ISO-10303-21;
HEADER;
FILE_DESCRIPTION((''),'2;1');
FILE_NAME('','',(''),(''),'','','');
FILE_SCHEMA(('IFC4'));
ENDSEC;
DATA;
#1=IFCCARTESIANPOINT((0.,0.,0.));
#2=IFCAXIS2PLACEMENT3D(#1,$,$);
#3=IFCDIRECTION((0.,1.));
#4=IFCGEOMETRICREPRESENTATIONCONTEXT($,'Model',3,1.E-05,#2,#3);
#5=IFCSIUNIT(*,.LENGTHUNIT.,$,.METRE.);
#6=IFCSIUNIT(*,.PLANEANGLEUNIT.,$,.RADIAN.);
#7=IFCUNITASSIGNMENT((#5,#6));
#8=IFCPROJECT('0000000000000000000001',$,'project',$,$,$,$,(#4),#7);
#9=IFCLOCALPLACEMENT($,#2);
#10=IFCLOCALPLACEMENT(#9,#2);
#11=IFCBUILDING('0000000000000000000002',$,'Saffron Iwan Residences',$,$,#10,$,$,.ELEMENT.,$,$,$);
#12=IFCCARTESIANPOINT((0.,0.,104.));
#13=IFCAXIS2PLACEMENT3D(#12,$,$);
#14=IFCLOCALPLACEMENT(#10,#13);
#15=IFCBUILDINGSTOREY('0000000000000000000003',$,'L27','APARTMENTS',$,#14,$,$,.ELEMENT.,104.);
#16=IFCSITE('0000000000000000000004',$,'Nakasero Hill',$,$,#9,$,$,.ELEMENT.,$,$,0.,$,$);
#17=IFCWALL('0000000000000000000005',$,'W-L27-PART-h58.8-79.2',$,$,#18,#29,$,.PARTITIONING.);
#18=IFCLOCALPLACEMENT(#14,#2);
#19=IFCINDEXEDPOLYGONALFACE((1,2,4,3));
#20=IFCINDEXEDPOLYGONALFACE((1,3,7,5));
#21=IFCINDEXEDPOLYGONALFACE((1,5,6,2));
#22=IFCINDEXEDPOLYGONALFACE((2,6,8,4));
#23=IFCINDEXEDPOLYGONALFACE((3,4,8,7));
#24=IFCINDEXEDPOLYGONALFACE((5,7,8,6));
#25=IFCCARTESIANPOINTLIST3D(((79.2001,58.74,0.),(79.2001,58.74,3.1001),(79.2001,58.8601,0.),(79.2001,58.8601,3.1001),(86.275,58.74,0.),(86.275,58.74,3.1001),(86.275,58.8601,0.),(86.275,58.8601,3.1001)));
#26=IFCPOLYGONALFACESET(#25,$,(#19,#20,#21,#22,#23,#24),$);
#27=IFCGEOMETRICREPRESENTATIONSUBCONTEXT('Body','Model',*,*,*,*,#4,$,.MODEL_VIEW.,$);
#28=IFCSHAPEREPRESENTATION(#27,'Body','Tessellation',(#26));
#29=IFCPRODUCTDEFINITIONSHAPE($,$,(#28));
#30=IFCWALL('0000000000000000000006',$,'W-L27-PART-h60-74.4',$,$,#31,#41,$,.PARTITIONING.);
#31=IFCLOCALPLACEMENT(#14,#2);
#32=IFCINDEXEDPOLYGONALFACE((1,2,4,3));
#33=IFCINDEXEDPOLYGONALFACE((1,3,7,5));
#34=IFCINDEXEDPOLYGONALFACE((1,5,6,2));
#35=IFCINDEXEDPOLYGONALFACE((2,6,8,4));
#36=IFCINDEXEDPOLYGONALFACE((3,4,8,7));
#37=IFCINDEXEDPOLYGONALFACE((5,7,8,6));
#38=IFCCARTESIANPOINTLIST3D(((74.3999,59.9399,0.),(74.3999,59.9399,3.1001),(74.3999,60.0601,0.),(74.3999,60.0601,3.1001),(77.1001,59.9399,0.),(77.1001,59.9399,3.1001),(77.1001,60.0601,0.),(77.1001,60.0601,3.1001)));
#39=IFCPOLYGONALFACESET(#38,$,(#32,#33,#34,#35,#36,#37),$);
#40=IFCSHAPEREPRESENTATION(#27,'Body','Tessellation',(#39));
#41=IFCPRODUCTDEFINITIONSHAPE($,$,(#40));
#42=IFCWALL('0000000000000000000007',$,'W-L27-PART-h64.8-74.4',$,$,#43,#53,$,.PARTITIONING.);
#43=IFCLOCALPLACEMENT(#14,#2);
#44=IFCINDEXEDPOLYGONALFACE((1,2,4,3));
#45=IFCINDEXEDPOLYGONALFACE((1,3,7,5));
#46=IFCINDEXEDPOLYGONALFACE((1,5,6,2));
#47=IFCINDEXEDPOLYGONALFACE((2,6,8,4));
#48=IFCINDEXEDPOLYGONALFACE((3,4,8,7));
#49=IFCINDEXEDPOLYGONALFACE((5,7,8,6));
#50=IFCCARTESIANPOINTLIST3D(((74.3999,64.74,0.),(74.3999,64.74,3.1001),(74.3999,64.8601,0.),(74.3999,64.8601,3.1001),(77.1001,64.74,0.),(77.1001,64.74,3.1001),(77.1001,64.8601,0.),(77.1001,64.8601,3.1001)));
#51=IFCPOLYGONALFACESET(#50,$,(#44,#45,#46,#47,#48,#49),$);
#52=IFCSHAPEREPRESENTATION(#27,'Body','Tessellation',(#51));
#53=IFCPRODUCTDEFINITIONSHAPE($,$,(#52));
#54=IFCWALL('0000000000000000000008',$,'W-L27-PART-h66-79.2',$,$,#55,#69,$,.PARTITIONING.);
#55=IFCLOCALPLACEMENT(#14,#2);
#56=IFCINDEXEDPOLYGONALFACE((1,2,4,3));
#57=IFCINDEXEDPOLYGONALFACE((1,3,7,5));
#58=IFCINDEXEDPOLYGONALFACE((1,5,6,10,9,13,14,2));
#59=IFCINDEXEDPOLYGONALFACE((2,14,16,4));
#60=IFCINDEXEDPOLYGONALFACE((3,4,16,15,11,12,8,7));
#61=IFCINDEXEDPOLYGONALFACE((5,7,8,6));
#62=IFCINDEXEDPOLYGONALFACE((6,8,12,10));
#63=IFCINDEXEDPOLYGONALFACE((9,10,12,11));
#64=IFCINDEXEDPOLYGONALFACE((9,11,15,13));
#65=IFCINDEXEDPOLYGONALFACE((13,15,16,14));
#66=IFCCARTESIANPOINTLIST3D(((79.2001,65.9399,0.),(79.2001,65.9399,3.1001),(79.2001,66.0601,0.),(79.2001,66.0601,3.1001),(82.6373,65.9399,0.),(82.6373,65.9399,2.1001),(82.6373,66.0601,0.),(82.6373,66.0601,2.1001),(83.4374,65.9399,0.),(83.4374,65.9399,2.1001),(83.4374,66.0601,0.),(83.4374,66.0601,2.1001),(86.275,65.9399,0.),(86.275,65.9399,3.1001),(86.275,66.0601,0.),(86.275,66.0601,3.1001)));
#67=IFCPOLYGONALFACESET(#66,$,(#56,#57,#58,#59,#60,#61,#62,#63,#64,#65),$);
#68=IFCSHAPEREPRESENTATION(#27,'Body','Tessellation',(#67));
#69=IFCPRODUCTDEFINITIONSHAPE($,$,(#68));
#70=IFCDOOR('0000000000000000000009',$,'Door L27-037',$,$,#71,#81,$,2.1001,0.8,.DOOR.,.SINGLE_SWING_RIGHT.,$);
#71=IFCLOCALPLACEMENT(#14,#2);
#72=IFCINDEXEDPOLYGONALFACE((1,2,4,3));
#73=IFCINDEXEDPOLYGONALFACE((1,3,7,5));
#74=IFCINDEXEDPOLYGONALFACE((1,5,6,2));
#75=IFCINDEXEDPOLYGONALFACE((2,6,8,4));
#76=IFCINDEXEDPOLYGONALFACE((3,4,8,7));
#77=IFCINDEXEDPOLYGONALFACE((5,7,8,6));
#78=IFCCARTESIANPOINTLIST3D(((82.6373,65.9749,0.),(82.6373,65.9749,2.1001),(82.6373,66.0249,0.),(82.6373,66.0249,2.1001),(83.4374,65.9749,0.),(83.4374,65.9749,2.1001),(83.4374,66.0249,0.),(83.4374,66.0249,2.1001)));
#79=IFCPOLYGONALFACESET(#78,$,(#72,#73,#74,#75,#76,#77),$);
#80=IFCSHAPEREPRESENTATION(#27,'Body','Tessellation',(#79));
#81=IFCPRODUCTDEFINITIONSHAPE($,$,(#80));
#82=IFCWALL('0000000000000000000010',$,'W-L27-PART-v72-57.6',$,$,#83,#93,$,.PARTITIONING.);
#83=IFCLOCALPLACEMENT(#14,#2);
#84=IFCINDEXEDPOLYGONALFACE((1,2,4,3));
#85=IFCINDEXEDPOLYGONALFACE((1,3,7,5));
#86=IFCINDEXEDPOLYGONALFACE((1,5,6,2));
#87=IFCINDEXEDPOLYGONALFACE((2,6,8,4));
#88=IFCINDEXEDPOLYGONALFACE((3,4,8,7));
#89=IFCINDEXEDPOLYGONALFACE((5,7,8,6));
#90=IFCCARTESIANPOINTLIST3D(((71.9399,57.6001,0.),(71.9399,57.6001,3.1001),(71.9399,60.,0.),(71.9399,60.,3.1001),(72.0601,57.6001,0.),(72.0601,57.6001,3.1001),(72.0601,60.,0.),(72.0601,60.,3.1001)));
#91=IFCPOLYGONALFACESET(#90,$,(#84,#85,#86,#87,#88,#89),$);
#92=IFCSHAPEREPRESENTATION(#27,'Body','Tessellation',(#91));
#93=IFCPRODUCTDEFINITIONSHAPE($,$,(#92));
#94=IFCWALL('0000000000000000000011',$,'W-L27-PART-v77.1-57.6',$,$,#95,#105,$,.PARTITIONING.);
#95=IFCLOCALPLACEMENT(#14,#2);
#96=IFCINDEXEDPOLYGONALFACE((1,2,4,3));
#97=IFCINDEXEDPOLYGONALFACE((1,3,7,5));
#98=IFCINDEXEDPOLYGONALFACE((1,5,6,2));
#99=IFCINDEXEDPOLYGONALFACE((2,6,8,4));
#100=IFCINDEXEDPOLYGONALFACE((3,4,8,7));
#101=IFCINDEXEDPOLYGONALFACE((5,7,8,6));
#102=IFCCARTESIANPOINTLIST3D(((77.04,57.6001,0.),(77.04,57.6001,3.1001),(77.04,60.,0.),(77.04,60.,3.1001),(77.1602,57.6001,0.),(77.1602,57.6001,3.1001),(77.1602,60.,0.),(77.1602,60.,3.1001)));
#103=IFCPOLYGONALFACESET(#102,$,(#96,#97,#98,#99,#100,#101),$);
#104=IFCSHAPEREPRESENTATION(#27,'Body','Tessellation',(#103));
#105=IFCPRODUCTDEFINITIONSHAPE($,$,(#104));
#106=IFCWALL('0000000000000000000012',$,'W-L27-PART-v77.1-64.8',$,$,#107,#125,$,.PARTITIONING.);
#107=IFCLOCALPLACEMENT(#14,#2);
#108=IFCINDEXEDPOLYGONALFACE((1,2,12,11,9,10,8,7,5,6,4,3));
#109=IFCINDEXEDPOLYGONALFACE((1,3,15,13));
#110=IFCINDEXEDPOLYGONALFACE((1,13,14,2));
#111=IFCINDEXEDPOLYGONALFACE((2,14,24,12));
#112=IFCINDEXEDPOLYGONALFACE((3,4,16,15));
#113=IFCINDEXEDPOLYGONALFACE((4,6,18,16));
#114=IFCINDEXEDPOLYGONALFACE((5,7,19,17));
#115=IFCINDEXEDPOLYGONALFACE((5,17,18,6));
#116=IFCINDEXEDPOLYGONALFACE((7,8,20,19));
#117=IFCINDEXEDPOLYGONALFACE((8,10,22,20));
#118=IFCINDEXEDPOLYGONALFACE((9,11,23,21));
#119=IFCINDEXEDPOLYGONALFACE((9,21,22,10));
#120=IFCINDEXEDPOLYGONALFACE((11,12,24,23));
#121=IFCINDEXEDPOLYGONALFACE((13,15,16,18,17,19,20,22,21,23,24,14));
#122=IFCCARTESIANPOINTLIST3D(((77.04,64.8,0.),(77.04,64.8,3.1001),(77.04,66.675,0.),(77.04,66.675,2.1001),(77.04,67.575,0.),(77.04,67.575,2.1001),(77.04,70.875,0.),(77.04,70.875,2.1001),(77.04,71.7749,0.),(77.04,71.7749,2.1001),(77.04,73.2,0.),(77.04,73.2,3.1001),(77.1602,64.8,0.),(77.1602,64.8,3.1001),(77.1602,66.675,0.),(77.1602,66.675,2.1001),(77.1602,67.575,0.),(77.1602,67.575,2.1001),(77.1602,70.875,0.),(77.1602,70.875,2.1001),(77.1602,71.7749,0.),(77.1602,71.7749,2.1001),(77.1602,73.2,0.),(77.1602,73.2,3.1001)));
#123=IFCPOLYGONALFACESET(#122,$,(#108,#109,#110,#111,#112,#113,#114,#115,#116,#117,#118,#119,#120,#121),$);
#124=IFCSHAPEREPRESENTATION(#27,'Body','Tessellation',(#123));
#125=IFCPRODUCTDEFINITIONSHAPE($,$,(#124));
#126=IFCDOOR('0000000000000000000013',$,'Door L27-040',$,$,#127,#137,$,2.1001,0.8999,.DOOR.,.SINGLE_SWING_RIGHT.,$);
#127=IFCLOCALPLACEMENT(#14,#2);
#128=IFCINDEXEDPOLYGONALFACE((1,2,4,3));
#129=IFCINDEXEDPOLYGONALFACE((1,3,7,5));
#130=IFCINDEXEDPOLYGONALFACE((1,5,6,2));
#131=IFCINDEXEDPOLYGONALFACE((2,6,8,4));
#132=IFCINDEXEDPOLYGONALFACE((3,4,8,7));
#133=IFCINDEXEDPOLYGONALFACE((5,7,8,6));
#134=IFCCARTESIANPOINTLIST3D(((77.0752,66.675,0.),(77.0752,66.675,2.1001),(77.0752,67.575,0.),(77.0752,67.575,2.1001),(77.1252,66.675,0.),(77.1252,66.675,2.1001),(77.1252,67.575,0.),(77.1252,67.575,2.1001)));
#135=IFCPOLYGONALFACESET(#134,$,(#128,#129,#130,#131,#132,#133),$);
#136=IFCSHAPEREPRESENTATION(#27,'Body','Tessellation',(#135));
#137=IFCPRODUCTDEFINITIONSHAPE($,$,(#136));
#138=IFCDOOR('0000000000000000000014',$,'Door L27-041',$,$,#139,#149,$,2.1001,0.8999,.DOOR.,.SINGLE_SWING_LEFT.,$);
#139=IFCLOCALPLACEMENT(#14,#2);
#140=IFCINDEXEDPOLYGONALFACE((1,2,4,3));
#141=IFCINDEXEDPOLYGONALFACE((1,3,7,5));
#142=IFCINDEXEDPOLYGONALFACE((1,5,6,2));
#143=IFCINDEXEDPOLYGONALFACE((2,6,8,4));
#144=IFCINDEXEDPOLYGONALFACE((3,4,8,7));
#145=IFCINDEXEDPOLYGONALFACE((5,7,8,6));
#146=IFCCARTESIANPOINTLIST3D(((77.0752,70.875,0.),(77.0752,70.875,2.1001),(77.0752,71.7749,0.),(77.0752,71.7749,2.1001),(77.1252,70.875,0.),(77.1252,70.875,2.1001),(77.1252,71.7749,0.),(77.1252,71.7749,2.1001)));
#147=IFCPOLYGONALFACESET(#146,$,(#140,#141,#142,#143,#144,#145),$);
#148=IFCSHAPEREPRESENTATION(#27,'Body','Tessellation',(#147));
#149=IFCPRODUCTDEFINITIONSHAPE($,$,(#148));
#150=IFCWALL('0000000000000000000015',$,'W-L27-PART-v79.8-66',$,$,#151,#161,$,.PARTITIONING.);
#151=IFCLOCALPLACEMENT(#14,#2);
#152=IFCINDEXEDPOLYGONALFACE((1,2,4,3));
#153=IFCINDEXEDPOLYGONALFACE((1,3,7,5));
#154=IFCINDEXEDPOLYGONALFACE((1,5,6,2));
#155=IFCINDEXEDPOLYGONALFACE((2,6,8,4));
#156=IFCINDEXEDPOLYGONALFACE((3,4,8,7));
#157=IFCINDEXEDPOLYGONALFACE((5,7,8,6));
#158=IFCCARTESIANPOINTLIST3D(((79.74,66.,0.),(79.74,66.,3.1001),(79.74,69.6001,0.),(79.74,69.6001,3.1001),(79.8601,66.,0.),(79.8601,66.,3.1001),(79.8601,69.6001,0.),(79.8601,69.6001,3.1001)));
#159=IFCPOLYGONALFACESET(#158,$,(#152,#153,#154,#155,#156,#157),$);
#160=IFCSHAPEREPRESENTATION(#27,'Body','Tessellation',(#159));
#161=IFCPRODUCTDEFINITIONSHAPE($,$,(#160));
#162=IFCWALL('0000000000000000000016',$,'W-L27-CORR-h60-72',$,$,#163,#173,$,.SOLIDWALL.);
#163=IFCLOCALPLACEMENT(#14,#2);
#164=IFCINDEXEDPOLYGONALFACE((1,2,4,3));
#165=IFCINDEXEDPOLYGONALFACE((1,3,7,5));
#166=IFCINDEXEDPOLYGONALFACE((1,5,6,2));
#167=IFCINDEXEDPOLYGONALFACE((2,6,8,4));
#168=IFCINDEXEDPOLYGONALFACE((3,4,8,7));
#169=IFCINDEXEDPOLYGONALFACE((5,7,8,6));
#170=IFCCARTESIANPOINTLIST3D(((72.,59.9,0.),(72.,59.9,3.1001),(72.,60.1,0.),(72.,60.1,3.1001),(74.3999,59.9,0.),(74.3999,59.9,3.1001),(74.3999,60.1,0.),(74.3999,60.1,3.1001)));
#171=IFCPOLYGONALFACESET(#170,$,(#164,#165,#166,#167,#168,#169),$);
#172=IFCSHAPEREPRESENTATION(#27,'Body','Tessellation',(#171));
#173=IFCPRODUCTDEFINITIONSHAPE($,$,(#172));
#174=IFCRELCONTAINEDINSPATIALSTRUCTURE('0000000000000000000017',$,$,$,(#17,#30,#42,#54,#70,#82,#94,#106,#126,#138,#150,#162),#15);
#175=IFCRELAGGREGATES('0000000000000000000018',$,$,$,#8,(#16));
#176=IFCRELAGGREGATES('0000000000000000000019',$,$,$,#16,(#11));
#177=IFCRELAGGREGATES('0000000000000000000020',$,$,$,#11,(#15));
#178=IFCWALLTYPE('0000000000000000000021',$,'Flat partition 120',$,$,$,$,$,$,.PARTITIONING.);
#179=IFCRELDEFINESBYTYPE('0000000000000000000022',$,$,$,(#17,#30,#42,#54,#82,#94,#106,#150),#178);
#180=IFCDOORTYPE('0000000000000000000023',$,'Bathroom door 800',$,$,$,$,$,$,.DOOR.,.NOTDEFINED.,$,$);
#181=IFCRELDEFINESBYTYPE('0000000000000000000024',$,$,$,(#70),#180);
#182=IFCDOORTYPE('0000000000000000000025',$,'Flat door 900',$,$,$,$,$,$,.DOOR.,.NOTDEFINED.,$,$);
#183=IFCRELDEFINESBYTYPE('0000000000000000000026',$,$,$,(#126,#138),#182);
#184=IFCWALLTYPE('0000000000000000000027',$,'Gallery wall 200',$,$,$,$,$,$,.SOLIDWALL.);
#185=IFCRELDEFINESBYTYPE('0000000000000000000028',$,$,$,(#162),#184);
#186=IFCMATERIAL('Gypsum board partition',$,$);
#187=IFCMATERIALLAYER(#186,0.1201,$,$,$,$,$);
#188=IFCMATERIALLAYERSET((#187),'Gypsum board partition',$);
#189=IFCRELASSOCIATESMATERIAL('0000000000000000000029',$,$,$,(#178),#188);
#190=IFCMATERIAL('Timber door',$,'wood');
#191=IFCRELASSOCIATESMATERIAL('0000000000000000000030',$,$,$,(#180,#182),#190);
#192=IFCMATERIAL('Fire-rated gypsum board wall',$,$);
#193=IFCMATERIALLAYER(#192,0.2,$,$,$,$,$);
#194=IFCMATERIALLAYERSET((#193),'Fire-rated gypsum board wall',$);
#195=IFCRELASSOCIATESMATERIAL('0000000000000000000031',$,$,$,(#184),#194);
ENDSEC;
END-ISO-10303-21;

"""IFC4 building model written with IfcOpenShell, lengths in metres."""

from ifc_helpers import new_model, si_unit, direction, frame, frame_2d, origin, place, context, subcontext, project, spatial, rectangle, extrude, material, layer, layer_set, type_object, element, fill, save


model = new_model("IFC4")

# Units and contexts
model_context = context("Model", 3, precision=1e-05, world=origin(), true_north=direction((0.0, 1.0)))
body_context = subcontext(model_context, "Body", "Model", "MODEL_VIEW")
ifc_project = project(units=[si_unit("LENGTHUNIT", "METRE"), si_unit("PLANEANGLEUNIT", "RADIAN")], contexts=[model_context])

# Site, building, storey
site_placement = place(None, origin())
site = spatial("IfcSite", under=ifc_project, at=site_placement, Name="Nakasero Hill", CompositionType="ELEMENT", RefElevation=0.0)
building_placement = place(site_placement, origin())
building = spatial("IfcBuilding", under=site, at=building_placement, Name="Saffron Iwan Residences", CompositionType="ELEMENT")
storey_placement = place(building_placement, frame((0.0, 0.0, 104.0)))
storey = spatial("IfcBuildingStorey", under=building, at=storey_placement, Name="L27", Description="APARTMENTS", CompositionType="ELEMENT", Elevation=104.0)

# Shared definitions
ifc_material_1 = material(Name="Fire-rated gypsum board wall")

# Shared definitions
ifc_material_2 = material(Name="Gypsum board partition")
ifc_layer_1 = layer(ifc_material_2, 0.1201)
ifc_layer_set_1 = layer_set([ifc_layer_1], Name="Gypsum board partition")
wall_type_1 = type_object("IfcWallType", Name="Flat partition 120", PredefinedType="PARTITIONING", material=ifc_layer_set_1)
ifc_material_3 = material(Name="Timber door", Category="wood")
door_type_1 = type_object("IfcDoorType", Name="Bathroom door 800", OperationType="NOTDEFINED", PredefinedType="DOOR", material=ifc_material_3)

# Walls
wall_1_placement = place(storey_placement, frame((79.2, 58.8, 0.0), z_axis=(0.0, 0.0, 1.0), x_axis=(1.0, 0.0, 0.0)))
element("IfcWall", 1, at=wall_1_placement, inside=storey, type_object=wall_type_1, Name="W-L27-PART-h58.8-79.2", PredefinedType="PARTITIONING", context=body_context, shape_type="SweptSolid", body=[
    extrude(rectangle(XDim=7.075, YDim=0.1201, at=frame_2d((3.5376, 0.0))), origin(), (0.0, 0.0, 1.0), 3.1001),
])
for number, where, z_axis, x_axis, name in (
    (2, (74.3999, 60.0, 0.0), (0.0, 0.0, 1.0), (1.0, 0.0, 0.0), "W-L27-PART-h60-74.4"),
    (3, (74.3999, 64.8, 0.0), (0.0, 0.0, 1.0), (1.0, 0.0, 0.0), "W-L27-PART-h64.8-74.4"),
):
    element("IfcWall", number, at=place(storey_placement, frame(where, z_axis=z_axis, x_axis=x_axis)), inside=storey, type_object=wall_type_1, Name=name, PredefinedType="PARTITIONING", context=body_context, shape_type="SweptSolid", body=[
        extrude(rectangle(XDim=2.7002, YDim=0.1201, at=frame_2d((1.3501, 0.0))), origin(), (0.0, 0.0, 1.0), 3.1001),
    ])

# Wall, opening, door
wall_2_placement = place(storey_placement, frame((79.2, 66.0, 0.0), z_axis=(0.0, 0.0, 1.0), x_axis=(1.0, 0.0, 0.0)))
wall_2 = element("IfcWall", 4, at=wall_2_placement, inside=storey, type_object=wall_type_1, Name="W-L27-PART-h66-79.2", PredefinedType="PARTITIONING", context=body_context, shape_type="SweptSolid", body=[
    extrude(rectangle(XDim=7.075, YDim=0.1201, at=frame_2d((3.5376, 0.0))), origin(), (0.0, 0.0, 1.0), 3.1001),
])
opening_1_placement = place(wall_2_placement, frame((3.4375, 0.0, 0.0)))
opening_1 = element("IfcOpeningElement", 5, at=opening_1_placement, cuts=wall_2, PredefinedType="OPENING", context=body_context, shape_type="SweptSolid", body=[
    extrude(rectangle(XDim=0.8, YDim=2.1001, at=frame_2d((0.3999, 1.05))), frame((0.0, 0.0701, 0.0), z_axis=(0.0, -1.0, 0.0), x_axis=(1.0, 0.0, 0.0)), (0.0, 0.0, 1.0), 0.1401),
])
door_1_placement = place(opening_1_placement, origin())
door_1 = element("IfcDoor", 6, at=door_1_placement, inside=storey, type_object=door_type_1, Name="Door L27-037", OperationType="SINGLE_SWING_RIGHT", OverallHeight=2.1001, OverallWidth=0.8, PredefinedType="DOOR", context=body_context, shape_type="SweptSolid", body=[
    extrude(rectangle(XDim=0.8, YDim=2.1001, at=frame_2d((0.3999, 1.05))), frame((0.0, 0.0249, 0.0), z_axis=(0.0, -1.0, 0.0), x_axis=(1.0, 0.0, 0.0)), (0.0, 0.0, 1.0), 0.05),
])
fill(opening_1, door_1)

# Walls
for number, where, z_axis, x_axis, name in (
    (7, (72.0, 57.6001, 0.0), (0.0, 0.0, 1.0), (0.0, 1.0, 0.0), "W-L27-PART-v72-57.6"),
    (8, (77.1001, 57.6001, 0.0), (0.0, 0.0, 1.0), (0.0, 1.0, 0.0), "W-L27-PART-v77.1-57.6"),
):
    element("IfcWall", number, at=place(storey_placement, frame(where, z_axis=z_axis, x_axis=x_axis)), inside=storey, type_object=wall_type_1, Name=name, PredefinedType="PARTITIONING", context=body_context, shape_type="SweptSolid", body=[
        extrude(rectangle(XDim=2.3999, YDim=0.1201, at=frame_2d((1.2, 0.0))), origin(), (0.0, 0.0, 1.0), 3.1001),
    ])

# Wall, openings, doors
wall_3_placement = place(storey_placement, frame((77.1001, 64.8, 0.0), z_axis=(0.0, 0.0, 1.0), x_axis=(0.0, 1.0, 0.0)))
wall_3 = element("IfcWall", 9, at=wall_3_placement, inside=storey, type_object=wall_type_1, Name="W-L27-PART-v77.1-64.8", PredefinedType="PARTITIONING", context=body_context, shape_type="SweptSolid", body=[
    extrude(rectangle(XDim=8.3999, YDim=0.1201, at=frame_2d((4.2, 0.0))), origin(), (0.0, 0.0, 1.0), 3.1001),
])
opening_2_placement = place(wall_3_placement, frame((1.875, 0.0, 0.0)))
opening_2 = element("IfcOpeningElement", 10, at=opening_2_placement, cuts=wall_3, PredefinedType="OPENING", context=body_context, shape_type="SweptSolid", body=[
    extrude(rectangle(XDim=0.8999, YDim=2.1001, at=frame_2d((0.45, 1.05))), frame((0.0, 0.0701, 0.0), z_axis=(0.0, -1.0, 0.0), x_axis=(1.0, 0.0, 0.0)), (0.0, 0.0, 1.0), 0.1401),
])
opening_3_placement = place(wall_3_placement, frame((6.075, 0.0, 0.0)))
opening_3 = element("IfcOpeningElement", 11, at=opening_3_placement, cuts=wall_3, PredefinedType="OPENING", context=body_context, shape_type="SweptSolid", body=[
    extrude(rectangle(XDim=0.8999, YDim=2.1001, at=frame_2d((0.45, 1.05))), frame((0.0, 0.0701, 0.0), z_axis=(0.0, -1.0, 0.0), x_axis=(1.0, 0.0, 0.0)), (0.0, 0.0, 1.0), 0.1401),
])
door_type_2 = type_object("IfcDoorType", Name="Flat door 900", OperationType="NOTDEFINED", PredefinedType="DOOR", material=ifc_material_3)
door_2_placement = place(opening_2_placement, origin())
door_2 = element("IfcDoor", 12, at=door_2_placement, inside=storey, type_object=door_type_2, Name="Door L27-040", OperationType="SINGLE_SWING_RIGHT", OverallHeight=2.1001, OverallWidth=0.8999, PredefinedType="DOOR", context=body_context, shape_type="SweptSolid", body=[
    extrude(rectangle(XDim=0.8999, YDim=2.1001, at=frame_2d((0.45, 1.05))), frame((0.0, 0.0249, 0.0), z_axis=(0.0, -1.0, 0.0), x_axis=(1.0, 0.0, 0.0)), (0.0, 0.0, 1.0), 0.05),
])
fill(opening_2, door_2)
door_3_placement = place(opening_3_placement, origin())
door_3 = element("IfcDoor", 13, at=door_3_placement, inside=storey, type_object=door_type_2, Name="Door L27-041", OperationType="SINGLE_SWING_LEFT", OverallHeight=2.1001, OverallWidth=0.8999, PredefinedType="DOOR", context=body_context, shape_type="SweptSolid", body=[
    extrude(rectangle(XDim=0.8999, YDim=2.1001, at=frame_2d((0.45, 1.05))), frame((0.0, 0.0249, 0.0), z_axis=(0.0, -1.0, 0.0), x_axis=(1.0, 0.0, 0.0)), (0.0, 0.0, 1.0), 0.05),
])
fill(opening_3, door_3)

# Walls
wall_4_placement = place(storey_placement, frame((79.8, 66.0, 0.0), z_axis=(0.0, 0.0, 1.0), x_axis=(0.0, 1.0, 0.0)))
element("IfcWall", 14, at=wall_4_placement, inside=storey, type_object=wall_type_1, Name="W-L27-PART-v79.8-66", PredefinedType="PARTITIONING", context=body_context, shape_type="SweptSolid", body=[
    extrude(rectangle(XDim=3.6001, YDim=0.1201, at=frame_2d((1.8, 0.0))), origin(), (0.0, 0.0, 1.0), 3.1001),
])
ifc_layer_2 = layer(ifc_material_1, 0.2)
ifc_layer_set_2 = layer_set([ifc_layer_2], Name="Fire-rated gypsum board wall")
wall_type_2 = type_object("IfcWallType", Name="Gallery wall 200", PredefinedType="SOLIDWALL", material=ifc_layer_set_2)
wall_5_placement = place(storey_placement, frame((72.0, 60.0, 0.0), z_axis=(0.0, 0.0, 1.0), x_axis=(1.0, 0.0, 0.0)))
element("IfcWall", 15, at=wall_5_placement, inside=storey, type_object=wall_type_2, Name="W-L27-CORR-h60-72", PredefinedType="SOLIDWALL", context=body_context, shape_type="SweptSolid", body=[
    extrude(rectangle(XDim=2.3999, YDim=0.2, at=frame_2d((1.2, 0.0))), origin(), (0.0, 0.0, 1.0), 3.1001),
])

save(model, "model.ifc")
